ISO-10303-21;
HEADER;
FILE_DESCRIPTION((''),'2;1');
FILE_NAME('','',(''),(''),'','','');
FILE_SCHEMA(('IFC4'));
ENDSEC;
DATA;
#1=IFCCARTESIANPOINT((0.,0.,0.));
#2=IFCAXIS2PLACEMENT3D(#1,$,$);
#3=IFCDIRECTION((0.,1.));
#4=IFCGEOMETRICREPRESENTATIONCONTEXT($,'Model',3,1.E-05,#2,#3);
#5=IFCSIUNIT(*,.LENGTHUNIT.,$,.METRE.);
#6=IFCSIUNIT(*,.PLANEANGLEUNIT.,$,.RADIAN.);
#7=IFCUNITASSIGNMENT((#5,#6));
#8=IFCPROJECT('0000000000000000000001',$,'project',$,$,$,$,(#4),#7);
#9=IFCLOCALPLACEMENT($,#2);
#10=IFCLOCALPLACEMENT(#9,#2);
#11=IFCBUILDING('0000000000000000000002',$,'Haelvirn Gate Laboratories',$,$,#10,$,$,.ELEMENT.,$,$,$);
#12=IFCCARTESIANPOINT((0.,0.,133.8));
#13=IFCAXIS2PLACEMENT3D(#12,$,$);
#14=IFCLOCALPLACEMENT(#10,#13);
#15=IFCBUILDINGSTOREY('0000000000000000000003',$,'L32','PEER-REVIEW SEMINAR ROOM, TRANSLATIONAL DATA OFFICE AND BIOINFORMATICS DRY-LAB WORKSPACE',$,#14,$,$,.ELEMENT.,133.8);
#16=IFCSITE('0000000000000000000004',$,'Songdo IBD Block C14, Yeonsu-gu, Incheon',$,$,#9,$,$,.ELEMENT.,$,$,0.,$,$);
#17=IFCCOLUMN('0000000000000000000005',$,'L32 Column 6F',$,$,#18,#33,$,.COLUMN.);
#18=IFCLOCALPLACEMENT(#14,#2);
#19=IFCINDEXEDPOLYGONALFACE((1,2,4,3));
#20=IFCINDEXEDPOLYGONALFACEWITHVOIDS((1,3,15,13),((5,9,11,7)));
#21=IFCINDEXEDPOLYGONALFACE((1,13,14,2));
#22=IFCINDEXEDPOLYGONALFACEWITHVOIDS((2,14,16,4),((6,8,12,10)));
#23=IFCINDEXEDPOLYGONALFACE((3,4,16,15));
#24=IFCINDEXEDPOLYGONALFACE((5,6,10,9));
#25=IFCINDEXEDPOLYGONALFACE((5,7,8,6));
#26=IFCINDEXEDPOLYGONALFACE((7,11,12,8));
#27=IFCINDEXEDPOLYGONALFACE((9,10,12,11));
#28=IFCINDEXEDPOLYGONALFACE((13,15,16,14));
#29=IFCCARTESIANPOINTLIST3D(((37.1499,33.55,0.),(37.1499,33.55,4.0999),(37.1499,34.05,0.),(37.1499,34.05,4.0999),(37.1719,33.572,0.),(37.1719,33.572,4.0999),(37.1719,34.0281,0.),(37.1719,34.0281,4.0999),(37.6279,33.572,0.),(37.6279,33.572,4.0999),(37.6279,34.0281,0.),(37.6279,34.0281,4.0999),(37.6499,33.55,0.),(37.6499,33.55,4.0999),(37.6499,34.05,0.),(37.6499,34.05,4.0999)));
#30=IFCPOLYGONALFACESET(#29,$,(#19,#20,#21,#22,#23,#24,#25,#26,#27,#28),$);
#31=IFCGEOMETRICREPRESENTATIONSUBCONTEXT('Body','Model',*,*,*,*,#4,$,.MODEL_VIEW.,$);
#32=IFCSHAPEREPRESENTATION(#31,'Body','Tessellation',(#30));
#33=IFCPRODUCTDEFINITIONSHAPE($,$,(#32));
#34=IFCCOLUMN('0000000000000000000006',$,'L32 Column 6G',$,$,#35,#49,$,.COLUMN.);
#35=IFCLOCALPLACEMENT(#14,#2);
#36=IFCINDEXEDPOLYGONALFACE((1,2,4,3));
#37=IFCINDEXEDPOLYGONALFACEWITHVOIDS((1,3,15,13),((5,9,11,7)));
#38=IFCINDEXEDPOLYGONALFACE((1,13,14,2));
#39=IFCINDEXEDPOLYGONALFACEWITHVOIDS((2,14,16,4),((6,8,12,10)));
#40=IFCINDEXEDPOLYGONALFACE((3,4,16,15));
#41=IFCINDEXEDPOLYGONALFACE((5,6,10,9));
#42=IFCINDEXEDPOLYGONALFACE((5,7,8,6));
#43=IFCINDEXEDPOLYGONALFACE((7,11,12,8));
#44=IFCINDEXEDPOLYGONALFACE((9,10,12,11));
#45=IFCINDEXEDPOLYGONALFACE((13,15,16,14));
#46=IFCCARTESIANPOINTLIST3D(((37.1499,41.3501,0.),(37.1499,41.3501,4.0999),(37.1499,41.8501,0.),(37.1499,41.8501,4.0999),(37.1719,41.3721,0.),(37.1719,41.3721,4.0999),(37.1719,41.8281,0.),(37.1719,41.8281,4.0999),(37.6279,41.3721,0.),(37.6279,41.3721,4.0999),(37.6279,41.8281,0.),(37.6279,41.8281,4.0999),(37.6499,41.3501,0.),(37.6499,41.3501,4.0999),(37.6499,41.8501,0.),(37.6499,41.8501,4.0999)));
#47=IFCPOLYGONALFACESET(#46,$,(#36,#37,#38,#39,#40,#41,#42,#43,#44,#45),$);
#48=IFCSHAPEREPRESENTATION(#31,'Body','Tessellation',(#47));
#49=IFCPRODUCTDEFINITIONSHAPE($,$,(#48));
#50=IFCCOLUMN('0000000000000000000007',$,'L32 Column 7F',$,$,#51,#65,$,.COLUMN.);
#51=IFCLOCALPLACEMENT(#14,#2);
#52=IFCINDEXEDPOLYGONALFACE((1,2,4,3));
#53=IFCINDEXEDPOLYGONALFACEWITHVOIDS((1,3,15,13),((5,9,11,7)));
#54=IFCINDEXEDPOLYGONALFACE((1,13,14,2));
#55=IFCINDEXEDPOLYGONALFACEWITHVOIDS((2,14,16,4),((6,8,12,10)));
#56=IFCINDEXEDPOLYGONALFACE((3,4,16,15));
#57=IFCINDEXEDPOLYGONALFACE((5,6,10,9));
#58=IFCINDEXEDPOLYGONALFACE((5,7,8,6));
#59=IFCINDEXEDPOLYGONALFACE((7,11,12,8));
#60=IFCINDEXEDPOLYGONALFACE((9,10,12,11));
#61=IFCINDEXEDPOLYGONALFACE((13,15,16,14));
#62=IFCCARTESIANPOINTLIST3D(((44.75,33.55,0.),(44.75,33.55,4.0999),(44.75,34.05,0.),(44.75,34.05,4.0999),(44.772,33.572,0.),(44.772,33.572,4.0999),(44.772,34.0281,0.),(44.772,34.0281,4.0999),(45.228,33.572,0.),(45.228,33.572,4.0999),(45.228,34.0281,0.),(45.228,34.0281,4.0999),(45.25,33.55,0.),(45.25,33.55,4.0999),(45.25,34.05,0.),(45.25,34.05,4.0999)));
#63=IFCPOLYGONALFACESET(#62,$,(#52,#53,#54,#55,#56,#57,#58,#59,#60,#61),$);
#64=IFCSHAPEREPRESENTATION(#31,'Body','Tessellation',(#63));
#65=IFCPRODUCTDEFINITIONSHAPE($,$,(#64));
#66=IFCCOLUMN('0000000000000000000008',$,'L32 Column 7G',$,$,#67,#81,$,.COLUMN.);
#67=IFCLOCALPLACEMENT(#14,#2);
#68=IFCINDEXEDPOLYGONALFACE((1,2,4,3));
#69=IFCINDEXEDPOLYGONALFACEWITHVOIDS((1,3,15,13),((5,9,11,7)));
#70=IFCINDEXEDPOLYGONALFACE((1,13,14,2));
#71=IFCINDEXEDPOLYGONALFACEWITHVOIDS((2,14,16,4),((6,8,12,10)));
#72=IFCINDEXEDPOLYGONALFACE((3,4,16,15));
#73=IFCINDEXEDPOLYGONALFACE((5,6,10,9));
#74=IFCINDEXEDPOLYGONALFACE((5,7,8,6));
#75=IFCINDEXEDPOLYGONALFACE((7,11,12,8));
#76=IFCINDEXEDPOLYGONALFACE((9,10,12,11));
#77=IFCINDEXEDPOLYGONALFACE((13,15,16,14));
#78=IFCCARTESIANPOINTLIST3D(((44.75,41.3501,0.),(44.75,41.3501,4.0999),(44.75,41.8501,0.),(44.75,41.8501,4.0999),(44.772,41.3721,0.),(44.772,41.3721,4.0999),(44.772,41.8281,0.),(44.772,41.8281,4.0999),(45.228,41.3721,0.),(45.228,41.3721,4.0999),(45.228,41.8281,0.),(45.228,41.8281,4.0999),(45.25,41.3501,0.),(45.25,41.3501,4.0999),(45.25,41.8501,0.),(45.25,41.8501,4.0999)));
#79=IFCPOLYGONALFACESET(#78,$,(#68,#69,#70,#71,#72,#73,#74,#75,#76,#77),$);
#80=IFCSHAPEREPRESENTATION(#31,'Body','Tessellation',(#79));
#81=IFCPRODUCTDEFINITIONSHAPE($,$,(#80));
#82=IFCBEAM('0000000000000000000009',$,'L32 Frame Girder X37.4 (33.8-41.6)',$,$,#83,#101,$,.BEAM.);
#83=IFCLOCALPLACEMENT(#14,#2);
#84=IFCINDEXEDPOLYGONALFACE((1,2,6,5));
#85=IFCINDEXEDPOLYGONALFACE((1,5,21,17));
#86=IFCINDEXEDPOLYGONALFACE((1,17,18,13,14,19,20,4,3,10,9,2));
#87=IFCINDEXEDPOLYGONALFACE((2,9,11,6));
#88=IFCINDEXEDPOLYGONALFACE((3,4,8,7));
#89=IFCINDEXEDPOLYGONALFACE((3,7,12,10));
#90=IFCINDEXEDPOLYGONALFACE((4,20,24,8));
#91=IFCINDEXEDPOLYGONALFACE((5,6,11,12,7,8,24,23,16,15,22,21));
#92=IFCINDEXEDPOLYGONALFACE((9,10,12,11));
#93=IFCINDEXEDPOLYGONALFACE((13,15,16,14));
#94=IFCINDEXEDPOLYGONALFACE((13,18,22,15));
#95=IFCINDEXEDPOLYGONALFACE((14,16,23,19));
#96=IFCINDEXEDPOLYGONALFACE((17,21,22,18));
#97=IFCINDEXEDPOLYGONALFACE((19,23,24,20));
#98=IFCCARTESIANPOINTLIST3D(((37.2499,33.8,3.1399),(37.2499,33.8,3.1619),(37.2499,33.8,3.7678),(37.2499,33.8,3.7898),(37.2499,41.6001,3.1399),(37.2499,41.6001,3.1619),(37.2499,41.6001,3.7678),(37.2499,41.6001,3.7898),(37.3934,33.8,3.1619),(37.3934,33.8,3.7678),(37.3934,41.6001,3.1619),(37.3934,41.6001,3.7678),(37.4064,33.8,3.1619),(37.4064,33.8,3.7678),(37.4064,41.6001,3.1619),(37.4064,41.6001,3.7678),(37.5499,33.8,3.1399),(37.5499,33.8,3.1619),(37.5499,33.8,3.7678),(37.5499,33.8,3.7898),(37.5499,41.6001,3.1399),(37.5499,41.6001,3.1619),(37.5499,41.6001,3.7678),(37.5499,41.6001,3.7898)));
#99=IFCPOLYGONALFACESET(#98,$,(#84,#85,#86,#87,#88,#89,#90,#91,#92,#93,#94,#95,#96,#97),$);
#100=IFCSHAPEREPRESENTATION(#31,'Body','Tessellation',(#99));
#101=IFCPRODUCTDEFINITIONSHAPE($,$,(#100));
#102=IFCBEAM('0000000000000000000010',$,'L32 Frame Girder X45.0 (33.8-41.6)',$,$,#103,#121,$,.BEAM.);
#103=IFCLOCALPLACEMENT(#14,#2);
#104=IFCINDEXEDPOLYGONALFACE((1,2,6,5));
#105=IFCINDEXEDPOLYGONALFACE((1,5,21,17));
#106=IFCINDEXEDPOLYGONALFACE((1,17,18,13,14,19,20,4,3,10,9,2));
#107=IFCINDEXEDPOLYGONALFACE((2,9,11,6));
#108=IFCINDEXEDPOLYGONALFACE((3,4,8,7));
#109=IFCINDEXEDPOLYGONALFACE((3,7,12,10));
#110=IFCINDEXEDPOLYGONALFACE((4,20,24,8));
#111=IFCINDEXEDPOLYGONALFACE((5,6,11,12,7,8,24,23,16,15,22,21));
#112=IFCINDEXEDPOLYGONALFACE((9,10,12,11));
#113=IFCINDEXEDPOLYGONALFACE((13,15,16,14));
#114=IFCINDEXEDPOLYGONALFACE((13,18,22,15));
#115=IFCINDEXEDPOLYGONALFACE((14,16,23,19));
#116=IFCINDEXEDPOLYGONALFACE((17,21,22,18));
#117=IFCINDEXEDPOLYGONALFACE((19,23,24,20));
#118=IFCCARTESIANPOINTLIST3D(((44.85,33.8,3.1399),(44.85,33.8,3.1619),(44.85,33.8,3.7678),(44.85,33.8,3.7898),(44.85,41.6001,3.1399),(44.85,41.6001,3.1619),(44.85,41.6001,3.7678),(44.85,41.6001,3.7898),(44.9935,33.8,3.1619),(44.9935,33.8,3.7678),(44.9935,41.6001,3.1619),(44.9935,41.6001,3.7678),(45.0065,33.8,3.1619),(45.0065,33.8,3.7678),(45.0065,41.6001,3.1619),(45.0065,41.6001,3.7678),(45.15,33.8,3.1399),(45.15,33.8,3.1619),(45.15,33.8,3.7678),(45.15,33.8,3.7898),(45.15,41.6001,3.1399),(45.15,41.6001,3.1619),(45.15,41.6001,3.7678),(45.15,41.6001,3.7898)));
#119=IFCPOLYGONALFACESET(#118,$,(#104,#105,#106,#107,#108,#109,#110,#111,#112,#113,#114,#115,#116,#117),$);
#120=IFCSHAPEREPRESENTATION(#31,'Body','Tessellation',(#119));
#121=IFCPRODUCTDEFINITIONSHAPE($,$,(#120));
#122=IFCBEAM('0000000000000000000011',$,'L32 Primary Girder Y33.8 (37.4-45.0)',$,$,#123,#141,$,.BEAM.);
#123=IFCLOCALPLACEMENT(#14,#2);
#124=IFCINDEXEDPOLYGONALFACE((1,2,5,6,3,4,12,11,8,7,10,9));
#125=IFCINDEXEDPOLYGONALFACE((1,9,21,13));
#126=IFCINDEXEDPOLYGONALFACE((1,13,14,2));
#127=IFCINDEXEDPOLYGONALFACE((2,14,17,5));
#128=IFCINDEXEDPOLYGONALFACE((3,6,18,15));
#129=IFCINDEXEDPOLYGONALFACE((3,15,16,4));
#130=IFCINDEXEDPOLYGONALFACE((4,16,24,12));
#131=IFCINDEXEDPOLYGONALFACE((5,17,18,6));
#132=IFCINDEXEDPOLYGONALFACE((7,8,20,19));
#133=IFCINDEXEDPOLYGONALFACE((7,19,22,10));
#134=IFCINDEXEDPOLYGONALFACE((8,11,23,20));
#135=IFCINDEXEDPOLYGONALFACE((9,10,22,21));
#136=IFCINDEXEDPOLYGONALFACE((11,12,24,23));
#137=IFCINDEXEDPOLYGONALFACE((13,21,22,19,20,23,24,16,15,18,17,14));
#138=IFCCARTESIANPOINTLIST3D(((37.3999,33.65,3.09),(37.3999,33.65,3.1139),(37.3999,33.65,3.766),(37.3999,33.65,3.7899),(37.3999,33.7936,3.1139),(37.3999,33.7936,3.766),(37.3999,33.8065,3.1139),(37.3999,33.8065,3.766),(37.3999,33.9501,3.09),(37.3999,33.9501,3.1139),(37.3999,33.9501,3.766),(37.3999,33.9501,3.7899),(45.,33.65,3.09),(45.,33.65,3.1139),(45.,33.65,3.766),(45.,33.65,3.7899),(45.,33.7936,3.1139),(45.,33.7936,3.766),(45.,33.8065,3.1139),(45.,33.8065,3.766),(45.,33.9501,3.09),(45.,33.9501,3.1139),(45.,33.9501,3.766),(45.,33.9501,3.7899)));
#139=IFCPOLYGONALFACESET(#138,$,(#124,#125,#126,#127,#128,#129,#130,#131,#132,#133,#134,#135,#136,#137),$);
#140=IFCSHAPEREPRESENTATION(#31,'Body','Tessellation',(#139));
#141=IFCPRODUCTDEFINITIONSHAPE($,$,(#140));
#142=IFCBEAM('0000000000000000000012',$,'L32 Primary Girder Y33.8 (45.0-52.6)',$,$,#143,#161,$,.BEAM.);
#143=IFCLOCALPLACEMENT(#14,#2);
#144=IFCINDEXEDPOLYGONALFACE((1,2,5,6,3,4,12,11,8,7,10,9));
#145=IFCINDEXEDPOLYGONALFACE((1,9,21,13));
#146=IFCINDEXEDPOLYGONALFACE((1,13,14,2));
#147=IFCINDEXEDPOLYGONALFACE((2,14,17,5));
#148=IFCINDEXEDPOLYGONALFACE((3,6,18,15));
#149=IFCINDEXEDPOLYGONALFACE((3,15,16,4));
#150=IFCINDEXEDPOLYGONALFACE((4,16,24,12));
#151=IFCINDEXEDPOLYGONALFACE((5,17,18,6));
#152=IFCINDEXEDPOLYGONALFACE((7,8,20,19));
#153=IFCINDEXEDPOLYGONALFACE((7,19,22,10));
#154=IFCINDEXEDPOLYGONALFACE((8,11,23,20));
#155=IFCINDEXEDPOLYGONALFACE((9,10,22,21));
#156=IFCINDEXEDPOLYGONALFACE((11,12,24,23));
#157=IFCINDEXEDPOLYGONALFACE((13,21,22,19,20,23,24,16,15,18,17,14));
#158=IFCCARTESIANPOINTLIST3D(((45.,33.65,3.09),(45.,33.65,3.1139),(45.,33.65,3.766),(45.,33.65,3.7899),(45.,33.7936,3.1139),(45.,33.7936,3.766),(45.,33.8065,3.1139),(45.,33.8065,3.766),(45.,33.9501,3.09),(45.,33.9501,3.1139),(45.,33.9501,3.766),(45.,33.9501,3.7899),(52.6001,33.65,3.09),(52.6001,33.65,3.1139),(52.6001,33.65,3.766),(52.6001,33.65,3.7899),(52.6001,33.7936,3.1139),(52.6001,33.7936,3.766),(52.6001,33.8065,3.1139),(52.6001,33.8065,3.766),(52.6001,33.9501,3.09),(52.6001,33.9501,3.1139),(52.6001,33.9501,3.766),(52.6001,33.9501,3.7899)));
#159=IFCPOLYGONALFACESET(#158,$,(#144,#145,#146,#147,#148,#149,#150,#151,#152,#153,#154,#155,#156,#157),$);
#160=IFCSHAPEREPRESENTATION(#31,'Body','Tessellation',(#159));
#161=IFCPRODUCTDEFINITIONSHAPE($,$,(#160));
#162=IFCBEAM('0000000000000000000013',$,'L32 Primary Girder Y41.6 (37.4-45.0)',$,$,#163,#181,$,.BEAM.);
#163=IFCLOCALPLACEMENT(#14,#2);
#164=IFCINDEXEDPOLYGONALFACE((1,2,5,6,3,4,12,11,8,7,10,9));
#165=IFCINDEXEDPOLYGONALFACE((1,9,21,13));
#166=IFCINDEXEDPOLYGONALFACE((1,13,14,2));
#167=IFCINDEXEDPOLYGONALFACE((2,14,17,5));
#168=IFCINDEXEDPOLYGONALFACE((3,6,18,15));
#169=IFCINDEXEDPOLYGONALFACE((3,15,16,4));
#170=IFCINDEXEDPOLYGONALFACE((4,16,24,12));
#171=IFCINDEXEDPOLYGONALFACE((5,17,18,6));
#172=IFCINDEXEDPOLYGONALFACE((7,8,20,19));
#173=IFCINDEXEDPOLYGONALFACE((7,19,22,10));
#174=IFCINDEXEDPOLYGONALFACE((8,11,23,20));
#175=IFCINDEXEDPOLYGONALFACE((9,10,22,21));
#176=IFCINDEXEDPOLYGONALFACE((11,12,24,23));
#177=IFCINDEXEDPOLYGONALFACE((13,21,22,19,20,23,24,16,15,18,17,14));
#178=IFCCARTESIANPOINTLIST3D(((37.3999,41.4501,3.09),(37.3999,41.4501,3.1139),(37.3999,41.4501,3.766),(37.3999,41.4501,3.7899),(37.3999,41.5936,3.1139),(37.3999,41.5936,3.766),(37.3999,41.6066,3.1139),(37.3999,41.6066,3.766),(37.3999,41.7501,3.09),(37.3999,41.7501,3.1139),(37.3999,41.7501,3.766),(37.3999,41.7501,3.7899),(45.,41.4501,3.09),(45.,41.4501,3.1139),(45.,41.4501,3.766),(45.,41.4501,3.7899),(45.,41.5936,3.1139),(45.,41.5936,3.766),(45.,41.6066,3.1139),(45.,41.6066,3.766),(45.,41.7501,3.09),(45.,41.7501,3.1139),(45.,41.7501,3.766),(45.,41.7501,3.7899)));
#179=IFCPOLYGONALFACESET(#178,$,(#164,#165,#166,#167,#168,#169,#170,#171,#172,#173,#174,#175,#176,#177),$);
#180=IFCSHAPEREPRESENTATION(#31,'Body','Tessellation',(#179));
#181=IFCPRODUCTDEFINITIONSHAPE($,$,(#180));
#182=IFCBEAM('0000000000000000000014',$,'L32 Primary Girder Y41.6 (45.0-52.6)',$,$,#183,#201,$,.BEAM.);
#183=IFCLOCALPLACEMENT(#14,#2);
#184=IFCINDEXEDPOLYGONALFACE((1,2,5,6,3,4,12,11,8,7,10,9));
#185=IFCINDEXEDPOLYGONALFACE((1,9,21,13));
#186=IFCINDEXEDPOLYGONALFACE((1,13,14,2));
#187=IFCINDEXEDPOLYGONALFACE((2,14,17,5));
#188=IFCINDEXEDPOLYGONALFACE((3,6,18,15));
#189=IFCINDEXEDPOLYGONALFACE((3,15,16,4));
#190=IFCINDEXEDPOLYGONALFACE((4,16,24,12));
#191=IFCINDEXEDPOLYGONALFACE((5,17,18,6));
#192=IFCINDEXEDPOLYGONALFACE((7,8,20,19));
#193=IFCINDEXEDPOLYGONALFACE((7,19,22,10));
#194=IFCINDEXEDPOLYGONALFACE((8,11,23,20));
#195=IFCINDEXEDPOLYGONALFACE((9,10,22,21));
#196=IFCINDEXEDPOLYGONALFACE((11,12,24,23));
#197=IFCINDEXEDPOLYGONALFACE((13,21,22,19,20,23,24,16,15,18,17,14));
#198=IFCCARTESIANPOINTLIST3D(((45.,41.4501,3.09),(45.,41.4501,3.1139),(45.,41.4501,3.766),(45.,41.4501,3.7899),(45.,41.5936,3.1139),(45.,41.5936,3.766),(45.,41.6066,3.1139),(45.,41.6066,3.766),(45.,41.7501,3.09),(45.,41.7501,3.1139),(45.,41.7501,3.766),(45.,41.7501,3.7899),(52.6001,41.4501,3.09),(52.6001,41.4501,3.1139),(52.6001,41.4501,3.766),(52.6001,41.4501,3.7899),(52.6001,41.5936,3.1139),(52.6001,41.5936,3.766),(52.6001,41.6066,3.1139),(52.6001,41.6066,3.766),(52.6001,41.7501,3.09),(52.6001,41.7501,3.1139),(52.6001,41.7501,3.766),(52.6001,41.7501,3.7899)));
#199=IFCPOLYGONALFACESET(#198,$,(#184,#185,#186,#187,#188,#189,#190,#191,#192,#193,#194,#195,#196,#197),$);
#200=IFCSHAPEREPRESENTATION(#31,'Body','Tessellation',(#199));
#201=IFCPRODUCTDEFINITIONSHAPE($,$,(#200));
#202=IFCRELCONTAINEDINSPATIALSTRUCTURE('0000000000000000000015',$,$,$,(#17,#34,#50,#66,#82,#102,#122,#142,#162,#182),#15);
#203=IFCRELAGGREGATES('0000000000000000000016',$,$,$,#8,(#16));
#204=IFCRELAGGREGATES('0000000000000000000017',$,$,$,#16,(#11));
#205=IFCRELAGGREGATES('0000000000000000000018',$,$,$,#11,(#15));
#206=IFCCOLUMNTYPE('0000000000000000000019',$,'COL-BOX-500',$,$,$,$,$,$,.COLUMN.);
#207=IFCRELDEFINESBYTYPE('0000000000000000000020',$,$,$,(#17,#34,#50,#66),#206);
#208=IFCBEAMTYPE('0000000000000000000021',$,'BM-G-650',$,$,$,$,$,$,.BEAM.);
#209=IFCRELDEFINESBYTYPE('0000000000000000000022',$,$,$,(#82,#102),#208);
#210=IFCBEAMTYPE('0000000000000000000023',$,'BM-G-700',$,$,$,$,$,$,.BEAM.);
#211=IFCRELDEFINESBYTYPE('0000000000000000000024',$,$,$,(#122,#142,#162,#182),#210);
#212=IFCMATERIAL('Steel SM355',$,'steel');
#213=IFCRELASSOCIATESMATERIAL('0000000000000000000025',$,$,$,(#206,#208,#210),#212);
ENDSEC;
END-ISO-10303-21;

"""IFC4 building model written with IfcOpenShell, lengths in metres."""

from ifc_helpers import new_model, si_unit, direction, frame, origin, origin_2d, place, context, subcontext, project, spatial, hollow_rectangle, i_section, extrude, source, transform, mapped, material, material_profile, profile_set, type_object, type_shapes, element, save


model = new_model("IFC4")

# Units and contexts
model_context = context("Model", 3, precision=1e-05, world=origin(), true_north=direction((0.0, 1.0)))
body_context = subcontext(model_context, "Body", "Model", "MODEL_VIEW")
ifc_project = project(units=[si_unit("LENGTHUNIT", "METRE"), si_unit("PLANEANGLEUNIT", "RADIAN")], contexts=[model_context])

# Site, building, storey
site_placement = place(None, origin())
site = spatial("IfcSite", under=ifc_project, at=site_placement, Name="Songdo IBD Block C14, Yeonsu-gu, Incheon", CompositionType="ELEMENT", RefElevation=0.0)
building_placement = place(site_placement, origin())
building = spatial("IfcBuilding", under=site, at=building_placement, Name="Haelvirn Gate Laboratories", CompositionType="ELEMENT")
storey_placement = place(building_placement, frame((0.0, 0.0, 133.8)))
storey = spatial("IfcBuildingStorey", under=building, at=storey_placement, Name="L32", Description="PEER-REVIEW SEMINAR ROOM, TRANSLATIONAL DATA OFFICE AND BIOINFORMATICS DRY-LAB WORKSPACE", CompositionType="ELEMENT", Elevation=133.8)

# Columns
ifc_material_1 = material(Name="Steel SM355", Category="steel")
ifc_material_profile_1 = material_profile(ifc_material_1, hollow_rectangle(XDim=0.5, YDim=0.5, WallThickness=0.022, at=origin_2d()), Name="BOX-500x500x22")
ifc_profile_set_1 = profile_set([ifc_material_profile_1], Name="Steel SM355")
column_type = type_object("IfcColumnType", Name="COL-BOX-500", PredefinedType="COLUMN", material=ifc_profile_set_1)
shared_shape_1 = source(origin(), body_context, "Body", "SweptSolid", [
    extrude(hollow_rectangle(XDim=0.5, YDim=0.5, WallThickness=0.022, at=origin_2d()), origin(), (0.0, 0.0, 1.0), 4.0999),
])
type_shapes(column_type, [shared_shape_1])
for number, where, z_axis, x_axis, name in (
    (1, (37.3999, 33.8, 0.0), (0.0, 0.0, 1.0), (1.0, 0.0, 0.0), "L32 Column 6F"),
    (2, (37.3999, 41.6001, 0.0), (0.0, 0.0, 1.0), (1.0, 0.0, 0.0), "L32 Column 6G"),
    (3, (45.0, 33.8, 0.0), (0.0, 0.0, 1.0), (1.0, 0.0, 0.0), "L32 Column 7F"),
    (4, (45.0, 41.6001, 0.0), (0.0, 0.0, 1.0), (1.0, 0.0, 0.0), "L32 Column 7G"),
):
    element("IfcColumn", number, at=place(storey_placement, frame(where, z_axis=z_axis, x_axis=x_axis)), inside=storey, type_object=column_type, Name=name, PredefinedType="COLUMN", context=body_context, shape_type="MappedRepresentation", body=[
        mapped(shared_shape_1, transform((0.0, 0.0, 0.0), scale=1.0)),
    ])

# Beams
ifc_material_profile_2 = material_profile(ifc_material_1, i_section(OverallWidth=0.3, OverallDepth=0.6499, WebThickness=0.0129, FlangeThickness=0.022, at=origin_2d()), Name="H-650x300x13x22")
ifc_profile_set_2 = profile_set([ifc_material_profile_2], Name="Steel SM355")
beam_type_1 = type_object("IfcBeamType", Name="BM-G-650", PredefinedType="BEAM", material=ifc_profile_set_2)
shared_shape_2 = source(origin(), body_context, "Body", "SweptSolid", [
    extrude(i_section(OverallWidth=0.3, OverallDepth=0.6499, WebThickness=0.0129, FlangeThickness=0.022, at=origin_2d()), origin(), (0.0, 0.0, 1.0), 7.8),
])
type_shapes(beam_type_1, [shared_shape_2])
for number, where, z_axis, x_axis, name in (
    (5, (37.3999, 33.8, 3.4648), (0.0, 1.0, 0.0), (-1.0, 0.0, 0.0), "L32 Frame Girder X37.4 (33.8-41.6)"),
    (6, (45.0, 33.8, 3.4648), (0.0, 1.0, 0.0), (-1.0, 0.0, 0.0), "L32 Frame Girder X45.0 (33.8-41.6)"),
):
    element("IfcBeam", number, at=place(storey_placement, frame(where, z_axis=z_axis, x_axis=x_axis)), inside=storey, type_object=beam_type_1, Name=name, PredefinedType="BEAM", context=body_context, shape_type="MappedRepresentation", body=[
        mapped(shared_shape_2, transform((0.0, 0.0, 0.0), scale=1.0)),
    ])
ifc_material_profile_3 = material_profile(ifc_material_1, i_section(OverallWidth=0.3, OverallDepth=0.7, WebThickness=0.0129, FlangeThickness=0.0239, at=origin_2d()), Name="H-700x300x13x24")
ifc_profile_set_3 = profile_set([ifc_material_profile_3], Name="Steel SM355")
beam_type_2 = type_object("IfcBeamType", Name="BM-G-700", PredefinedType="BEAM", material=ifc_profile_set_3)
shared_shape_3 = source(origin(), body_context, "Body", "SweptSolid", [
    extrude(i_section(OverallWidth=0.3, OverallDepth=0.7, WebThickness=0.0129, FlangeThickness=0.0239, at=origin_2d()), origin(), (0.0, 0.0, 1.0), 7.6001),
])
type_shapes(beam_type_2, [shared_shape_3])
for number, where, z_axis, x_axis, name in (
    (7, (37.3999, 33.8, 3.4399), (1.0, 0.0, 0.0), (0.0, 1.0, 0.0), "L32 Primary Girder Y33.8 (37.4-45.0)"),
    (8, (45.0, 33.8, 3.4399), (1.0, 0.0, 0.0), (0.0, 1.0, 0.0), "L32 Primary Girder Y33.8 (45.0-52.6)"),
    (9, (37.3999, 41.6001, 3.4399), (1.0, 0.0, 0.0), (0.0, 1.0, 0.0), "L32 Primary Girder Y41.6 (37.4-45.0)"),
    (10, (45.0, 41.6001, 3.4399), (1.0, 0.0, 0.0), (0.0, 1.0, 0.0), "L32 Primary Girder Y41.6 (45.0-52.6)"),
):
    element("IfcBeam", number, at=place(storey_placement, frame(where, z_axis=z_axis, x_axis=x_axis)), inside=storey, type_object=beam_type_2, Name=name, PredefinedType="BEAM", context=body_context, shape_type="MappedRepresentation", body=[
        mapped(shared_shape_3, transform((0.0, 0.0, 0.0), scale=1.0)),
    ])

save(model, "model.ifc")
